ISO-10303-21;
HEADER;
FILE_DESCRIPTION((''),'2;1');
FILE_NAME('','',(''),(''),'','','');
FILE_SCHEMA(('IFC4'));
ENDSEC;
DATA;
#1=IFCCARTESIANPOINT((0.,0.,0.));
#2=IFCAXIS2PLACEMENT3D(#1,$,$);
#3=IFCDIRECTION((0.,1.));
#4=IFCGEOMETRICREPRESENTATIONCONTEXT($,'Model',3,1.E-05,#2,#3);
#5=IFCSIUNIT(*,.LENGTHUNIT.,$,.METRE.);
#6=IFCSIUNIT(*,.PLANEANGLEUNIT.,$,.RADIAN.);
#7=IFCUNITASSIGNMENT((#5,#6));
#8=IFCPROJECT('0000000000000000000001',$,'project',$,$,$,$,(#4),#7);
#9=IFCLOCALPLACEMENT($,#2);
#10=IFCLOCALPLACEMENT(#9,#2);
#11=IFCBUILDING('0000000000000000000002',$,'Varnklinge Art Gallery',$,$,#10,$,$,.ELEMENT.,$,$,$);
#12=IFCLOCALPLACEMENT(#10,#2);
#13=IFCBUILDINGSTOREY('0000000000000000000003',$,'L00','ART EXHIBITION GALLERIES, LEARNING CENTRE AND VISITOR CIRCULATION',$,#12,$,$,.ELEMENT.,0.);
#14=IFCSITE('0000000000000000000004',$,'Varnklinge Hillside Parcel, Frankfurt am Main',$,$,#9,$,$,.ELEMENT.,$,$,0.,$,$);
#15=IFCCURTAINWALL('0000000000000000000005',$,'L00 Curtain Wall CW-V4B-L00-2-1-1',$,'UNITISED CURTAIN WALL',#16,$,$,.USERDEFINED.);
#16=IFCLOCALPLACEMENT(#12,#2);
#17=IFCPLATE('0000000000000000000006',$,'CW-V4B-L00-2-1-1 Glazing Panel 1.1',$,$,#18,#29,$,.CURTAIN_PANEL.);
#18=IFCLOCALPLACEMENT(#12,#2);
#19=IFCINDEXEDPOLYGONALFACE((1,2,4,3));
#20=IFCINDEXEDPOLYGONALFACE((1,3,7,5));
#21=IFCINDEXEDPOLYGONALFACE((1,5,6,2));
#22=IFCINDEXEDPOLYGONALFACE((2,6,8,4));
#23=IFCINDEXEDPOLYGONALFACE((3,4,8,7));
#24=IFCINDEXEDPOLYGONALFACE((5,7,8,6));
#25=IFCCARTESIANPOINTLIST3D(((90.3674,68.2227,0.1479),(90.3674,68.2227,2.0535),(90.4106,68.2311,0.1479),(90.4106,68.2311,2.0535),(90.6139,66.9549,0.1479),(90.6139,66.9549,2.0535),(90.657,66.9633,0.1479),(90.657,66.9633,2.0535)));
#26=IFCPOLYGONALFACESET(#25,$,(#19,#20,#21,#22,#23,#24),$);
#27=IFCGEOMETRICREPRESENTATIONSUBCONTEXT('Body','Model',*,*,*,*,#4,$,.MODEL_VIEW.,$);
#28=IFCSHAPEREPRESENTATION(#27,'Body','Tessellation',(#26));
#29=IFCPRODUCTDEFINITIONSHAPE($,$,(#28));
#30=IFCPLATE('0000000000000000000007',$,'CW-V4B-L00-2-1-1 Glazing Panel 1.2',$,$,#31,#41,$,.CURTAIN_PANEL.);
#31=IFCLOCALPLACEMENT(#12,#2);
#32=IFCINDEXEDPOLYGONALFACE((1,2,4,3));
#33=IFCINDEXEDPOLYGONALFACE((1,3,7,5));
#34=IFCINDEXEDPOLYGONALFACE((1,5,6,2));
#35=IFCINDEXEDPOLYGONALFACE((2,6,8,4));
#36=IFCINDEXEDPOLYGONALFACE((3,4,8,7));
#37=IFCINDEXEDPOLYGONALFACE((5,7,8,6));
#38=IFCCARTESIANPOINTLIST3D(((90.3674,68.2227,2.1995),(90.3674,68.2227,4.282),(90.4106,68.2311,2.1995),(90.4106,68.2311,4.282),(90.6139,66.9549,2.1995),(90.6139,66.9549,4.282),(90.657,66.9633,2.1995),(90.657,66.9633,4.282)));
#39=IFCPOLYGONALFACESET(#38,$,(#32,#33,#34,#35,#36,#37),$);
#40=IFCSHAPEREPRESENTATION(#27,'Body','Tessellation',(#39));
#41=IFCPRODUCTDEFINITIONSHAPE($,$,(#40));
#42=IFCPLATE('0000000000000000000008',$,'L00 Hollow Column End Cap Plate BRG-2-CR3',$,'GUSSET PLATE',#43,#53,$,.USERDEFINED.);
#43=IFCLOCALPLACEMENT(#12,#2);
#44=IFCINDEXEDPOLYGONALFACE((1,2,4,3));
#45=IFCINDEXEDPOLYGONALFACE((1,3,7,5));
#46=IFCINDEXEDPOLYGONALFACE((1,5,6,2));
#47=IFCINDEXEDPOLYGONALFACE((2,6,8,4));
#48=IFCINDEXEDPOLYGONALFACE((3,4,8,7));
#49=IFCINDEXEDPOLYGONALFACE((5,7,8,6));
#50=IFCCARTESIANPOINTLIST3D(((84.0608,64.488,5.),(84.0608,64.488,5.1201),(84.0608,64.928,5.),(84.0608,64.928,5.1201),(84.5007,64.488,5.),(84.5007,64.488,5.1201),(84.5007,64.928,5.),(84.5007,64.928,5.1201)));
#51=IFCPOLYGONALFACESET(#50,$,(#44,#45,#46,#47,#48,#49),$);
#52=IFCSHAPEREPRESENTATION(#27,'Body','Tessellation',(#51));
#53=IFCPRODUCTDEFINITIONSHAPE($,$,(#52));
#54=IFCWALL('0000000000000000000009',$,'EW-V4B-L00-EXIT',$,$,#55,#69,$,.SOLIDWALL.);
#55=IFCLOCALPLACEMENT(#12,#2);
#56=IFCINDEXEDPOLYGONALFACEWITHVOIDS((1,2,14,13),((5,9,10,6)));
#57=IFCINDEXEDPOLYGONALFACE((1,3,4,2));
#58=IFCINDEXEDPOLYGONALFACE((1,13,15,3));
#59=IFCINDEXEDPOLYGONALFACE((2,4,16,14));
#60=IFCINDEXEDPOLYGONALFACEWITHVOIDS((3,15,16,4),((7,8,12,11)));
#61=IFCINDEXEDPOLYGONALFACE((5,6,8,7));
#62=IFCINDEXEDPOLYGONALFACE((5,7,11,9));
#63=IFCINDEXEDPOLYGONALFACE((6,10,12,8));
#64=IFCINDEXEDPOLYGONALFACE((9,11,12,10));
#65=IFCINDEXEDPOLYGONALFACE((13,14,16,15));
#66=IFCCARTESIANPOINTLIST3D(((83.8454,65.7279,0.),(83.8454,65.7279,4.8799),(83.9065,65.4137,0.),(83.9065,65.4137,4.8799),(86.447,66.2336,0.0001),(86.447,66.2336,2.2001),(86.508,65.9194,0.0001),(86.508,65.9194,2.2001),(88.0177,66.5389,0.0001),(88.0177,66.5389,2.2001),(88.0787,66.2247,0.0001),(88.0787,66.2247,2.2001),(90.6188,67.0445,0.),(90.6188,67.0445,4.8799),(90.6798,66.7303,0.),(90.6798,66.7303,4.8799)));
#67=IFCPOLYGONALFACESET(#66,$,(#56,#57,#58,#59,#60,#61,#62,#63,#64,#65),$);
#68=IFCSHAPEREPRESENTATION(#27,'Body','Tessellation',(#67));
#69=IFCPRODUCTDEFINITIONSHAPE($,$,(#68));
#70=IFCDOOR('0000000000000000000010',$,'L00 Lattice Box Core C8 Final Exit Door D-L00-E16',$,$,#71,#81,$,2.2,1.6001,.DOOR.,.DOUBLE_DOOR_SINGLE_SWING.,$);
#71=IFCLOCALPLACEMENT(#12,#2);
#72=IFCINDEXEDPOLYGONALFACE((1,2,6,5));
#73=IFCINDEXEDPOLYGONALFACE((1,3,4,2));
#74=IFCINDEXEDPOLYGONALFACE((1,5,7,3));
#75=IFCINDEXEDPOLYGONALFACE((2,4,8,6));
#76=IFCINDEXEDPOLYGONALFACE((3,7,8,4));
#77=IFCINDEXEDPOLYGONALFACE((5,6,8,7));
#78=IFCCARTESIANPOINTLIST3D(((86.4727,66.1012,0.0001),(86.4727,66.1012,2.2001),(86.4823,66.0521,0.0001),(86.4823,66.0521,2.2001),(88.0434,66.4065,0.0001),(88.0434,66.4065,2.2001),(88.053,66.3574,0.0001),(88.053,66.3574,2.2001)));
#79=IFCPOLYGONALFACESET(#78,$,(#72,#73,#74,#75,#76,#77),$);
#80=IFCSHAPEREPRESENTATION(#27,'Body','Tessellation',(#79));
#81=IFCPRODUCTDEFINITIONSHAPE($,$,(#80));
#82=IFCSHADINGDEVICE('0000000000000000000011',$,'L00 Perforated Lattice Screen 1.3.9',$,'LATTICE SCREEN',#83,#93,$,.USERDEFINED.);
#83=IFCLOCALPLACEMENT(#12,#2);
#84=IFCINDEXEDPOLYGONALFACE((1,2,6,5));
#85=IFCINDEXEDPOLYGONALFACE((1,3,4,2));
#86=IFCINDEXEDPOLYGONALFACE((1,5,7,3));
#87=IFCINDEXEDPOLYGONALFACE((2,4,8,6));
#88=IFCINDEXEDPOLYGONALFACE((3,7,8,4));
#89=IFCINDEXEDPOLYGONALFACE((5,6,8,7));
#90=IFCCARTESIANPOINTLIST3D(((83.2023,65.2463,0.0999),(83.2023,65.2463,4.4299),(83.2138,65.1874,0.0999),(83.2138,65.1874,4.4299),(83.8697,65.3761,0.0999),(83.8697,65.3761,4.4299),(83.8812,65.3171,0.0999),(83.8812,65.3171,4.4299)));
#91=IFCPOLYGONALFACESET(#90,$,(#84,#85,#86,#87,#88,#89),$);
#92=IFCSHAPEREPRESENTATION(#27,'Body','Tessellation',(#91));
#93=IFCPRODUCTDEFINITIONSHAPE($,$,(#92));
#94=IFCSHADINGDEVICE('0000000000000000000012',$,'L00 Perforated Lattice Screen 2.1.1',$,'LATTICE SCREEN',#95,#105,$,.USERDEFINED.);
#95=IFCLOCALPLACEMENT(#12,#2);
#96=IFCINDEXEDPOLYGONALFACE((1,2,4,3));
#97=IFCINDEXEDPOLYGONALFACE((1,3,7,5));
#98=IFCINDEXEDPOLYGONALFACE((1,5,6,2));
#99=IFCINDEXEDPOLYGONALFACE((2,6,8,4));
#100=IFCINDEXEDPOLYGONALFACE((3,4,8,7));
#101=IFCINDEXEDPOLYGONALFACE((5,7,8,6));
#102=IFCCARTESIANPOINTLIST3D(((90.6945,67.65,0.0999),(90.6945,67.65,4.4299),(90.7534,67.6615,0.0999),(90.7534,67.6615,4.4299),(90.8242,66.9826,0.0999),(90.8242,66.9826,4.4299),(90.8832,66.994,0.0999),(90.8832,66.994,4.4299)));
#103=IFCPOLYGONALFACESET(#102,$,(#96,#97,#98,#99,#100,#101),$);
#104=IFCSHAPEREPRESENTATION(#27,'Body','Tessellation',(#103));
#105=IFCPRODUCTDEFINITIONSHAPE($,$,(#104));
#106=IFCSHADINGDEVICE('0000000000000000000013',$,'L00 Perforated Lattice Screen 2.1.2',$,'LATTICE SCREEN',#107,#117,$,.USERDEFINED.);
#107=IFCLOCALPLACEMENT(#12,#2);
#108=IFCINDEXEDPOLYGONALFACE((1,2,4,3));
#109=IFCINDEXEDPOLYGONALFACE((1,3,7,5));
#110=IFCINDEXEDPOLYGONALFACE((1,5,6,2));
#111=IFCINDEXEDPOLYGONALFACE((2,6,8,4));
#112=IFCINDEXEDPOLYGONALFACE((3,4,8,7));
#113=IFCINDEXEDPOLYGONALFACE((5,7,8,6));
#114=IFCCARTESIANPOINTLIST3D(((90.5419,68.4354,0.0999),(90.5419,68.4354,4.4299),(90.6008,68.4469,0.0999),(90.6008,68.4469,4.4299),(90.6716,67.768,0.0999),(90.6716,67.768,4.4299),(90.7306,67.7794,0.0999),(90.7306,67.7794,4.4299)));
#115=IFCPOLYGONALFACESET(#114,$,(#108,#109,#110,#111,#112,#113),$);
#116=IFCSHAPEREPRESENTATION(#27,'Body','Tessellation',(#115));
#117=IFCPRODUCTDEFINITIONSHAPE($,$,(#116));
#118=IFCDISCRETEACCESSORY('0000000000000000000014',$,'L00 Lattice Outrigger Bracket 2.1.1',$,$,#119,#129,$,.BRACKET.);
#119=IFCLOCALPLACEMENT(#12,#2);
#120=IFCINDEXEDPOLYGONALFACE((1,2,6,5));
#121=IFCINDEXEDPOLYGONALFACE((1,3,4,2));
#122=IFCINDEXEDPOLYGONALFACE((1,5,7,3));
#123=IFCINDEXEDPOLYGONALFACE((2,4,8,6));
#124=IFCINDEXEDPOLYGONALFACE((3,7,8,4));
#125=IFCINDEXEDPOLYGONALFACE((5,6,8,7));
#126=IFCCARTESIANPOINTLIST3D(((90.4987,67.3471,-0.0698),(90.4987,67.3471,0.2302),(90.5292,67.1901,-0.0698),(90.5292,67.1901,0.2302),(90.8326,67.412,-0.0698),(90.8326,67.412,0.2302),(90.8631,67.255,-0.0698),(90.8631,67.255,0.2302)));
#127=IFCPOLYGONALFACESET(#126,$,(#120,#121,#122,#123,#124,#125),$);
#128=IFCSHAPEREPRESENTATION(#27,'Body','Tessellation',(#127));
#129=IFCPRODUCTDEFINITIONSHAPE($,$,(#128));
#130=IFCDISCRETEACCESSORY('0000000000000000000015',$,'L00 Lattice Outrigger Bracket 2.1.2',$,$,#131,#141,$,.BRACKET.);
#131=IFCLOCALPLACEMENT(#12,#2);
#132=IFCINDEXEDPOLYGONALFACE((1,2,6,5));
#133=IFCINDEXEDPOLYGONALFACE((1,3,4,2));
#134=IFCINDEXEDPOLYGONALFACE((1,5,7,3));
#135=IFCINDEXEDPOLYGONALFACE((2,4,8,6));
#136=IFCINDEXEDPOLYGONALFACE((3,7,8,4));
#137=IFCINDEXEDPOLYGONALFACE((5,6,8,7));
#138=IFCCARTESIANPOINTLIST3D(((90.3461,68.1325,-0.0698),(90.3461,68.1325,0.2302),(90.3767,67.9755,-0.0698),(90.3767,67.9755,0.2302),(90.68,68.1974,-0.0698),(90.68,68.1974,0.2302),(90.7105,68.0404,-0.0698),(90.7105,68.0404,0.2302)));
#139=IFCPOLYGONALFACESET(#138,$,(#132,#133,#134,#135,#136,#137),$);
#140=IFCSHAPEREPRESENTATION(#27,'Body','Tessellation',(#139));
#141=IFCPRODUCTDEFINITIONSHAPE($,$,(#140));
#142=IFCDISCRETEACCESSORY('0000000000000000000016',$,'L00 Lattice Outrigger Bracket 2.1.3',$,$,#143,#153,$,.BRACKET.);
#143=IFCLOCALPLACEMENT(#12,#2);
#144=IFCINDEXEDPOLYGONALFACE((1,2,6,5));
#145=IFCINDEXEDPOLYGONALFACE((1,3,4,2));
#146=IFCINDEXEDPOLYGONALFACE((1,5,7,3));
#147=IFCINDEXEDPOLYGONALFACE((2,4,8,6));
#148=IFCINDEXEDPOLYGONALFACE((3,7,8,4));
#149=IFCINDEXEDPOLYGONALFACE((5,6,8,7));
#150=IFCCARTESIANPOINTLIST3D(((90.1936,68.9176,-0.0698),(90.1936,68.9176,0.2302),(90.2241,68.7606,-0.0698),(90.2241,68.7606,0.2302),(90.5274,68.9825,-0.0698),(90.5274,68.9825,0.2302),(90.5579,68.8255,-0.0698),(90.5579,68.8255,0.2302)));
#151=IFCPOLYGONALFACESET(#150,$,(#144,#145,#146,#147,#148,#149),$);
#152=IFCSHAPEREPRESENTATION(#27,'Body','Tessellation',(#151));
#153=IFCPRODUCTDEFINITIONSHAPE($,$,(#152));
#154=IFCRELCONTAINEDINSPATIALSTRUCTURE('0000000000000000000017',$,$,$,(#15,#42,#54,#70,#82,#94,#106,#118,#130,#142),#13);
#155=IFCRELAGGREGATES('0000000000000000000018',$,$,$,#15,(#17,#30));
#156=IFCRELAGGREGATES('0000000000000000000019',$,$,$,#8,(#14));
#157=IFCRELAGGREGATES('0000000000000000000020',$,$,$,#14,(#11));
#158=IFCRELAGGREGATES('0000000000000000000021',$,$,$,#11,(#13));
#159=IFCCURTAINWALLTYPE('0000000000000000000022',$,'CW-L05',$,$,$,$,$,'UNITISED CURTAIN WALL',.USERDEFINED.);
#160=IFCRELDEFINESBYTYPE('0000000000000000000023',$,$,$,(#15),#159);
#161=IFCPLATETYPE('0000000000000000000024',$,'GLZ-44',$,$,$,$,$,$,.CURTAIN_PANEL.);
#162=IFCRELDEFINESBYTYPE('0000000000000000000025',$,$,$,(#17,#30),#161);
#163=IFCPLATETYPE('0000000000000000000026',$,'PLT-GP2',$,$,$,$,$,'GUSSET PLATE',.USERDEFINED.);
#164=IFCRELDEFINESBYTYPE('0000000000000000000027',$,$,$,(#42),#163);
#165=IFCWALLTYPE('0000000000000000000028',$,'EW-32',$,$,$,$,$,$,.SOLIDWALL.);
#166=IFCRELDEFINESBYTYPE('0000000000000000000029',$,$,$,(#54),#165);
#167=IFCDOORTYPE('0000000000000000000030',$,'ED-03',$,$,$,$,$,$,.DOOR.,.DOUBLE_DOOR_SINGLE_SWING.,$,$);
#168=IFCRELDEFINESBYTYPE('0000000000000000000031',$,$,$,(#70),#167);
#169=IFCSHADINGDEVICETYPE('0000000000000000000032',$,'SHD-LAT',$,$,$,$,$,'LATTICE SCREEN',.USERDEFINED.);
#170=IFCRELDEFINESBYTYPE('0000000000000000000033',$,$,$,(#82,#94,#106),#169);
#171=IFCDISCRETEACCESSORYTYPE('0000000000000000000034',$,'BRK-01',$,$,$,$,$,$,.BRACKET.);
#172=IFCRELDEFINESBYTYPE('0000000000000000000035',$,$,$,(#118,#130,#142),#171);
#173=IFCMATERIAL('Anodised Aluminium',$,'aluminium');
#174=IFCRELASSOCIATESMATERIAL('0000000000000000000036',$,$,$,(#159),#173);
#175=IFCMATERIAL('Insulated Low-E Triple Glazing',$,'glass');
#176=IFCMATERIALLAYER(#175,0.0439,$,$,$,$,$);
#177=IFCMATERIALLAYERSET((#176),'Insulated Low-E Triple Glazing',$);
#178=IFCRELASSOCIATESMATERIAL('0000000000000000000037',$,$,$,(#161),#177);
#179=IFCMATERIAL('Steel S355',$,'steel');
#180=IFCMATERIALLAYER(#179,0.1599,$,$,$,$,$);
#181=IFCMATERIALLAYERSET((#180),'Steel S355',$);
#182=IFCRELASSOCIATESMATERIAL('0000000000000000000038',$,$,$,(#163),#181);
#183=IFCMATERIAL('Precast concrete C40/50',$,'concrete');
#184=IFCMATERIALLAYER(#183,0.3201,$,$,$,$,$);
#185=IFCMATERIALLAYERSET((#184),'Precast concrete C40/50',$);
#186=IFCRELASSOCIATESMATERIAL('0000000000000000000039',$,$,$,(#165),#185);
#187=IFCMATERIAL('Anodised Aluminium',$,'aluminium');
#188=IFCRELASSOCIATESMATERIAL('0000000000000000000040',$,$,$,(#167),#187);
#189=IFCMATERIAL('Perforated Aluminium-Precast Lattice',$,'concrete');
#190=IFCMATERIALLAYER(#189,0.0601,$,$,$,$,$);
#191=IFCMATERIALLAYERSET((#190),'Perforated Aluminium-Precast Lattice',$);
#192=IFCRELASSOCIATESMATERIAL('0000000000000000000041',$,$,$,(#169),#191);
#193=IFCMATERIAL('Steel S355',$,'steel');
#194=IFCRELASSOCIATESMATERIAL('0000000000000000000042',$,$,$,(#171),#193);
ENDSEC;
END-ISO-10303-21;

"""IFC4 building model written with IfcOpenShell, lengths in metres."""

from ifc_helpers import new_model, si_unit, direction, frame, frame_2d, origin, origin_2d, place, context, subcontext, project, spatial, rectangle, extrude, material, layer, layer_set, type_object, element, fill, aggregate, save


model = new_model("IFC4")

# Units and contexts
model_context = context("Model", 3, precision=1e-05, world=origin(), true_north=direction((0.0, 1.0)))
body_context = subcontext(model_context, "Body", "Model", "MODEL_VIEW")
ifc_project = project(units=[si_unit("LENGTHUNIT", "METRE"), si_unit("PLANEANGLEUNIT", "RADIAN")], contexts=[model_context])

# Site, building, storey
site_placement = place(None, origin())
site = spatial("IfcSite", under=ifc_project, at=site_placement, Name="Varnklinge Hillside Parcel, Frankfurt am Main", CompositionType="ELEMENT", RefElevation=0.0)
building_placement = place(site_placement, origin())
building = spatial("IfcBuilding", under=site, at=building_placement, Name="Varnklinge Art Gallery", CompositionType="ELEMENT")
storey_placement = place(building_placement, origin())
storey = spatial("IfcBuildingStorey", under=building, at=storey_placement, Name="L00", Description="ART EXHIBITION GALLERIES, LEARNING CENTRE AND VISITOR CIRCULATION", CompositionType="ELEMENT", Elevation=0.0)

# Curtain wall
ifc_material_1 = material(Name="Anodised Aluminium", Category="aluminium")
curtain_wall_type_1 = type_object("IfcCurtainWallType", Name="CW-L05", ElementType="UNITISED CURTAIN WALL", PredefinedType="USERDEFINED", material=ifc_material_1)
curtain_wall_1_placement = place(storey_placement, origin())
curtain_wall_1 = element("IfcCurtainWall", 1, at=curtain_wall_1_placement, inside=storey, type_object=curtain_wall_type_1, Name="L00 Curtain Wall CW-V4B-L00-2-1-1", ObjectType="UNITISED CURTAIN WALL", PredefinedType="USERDEFINED")

# Plates
ifc_material_2 = material(Name="Insulated Low-E Triple Glazing", Category="glass")
ifc_layer_1 = layer(ifc_material_2, 0.0439)
ifc_layer_set_1 = layer_set([ifc_layer_1], Name="Insulated Low-E Triple Glazing")
plate_type_1 = type_object("IfcPlateType", Name="GLZ-44", PredefinedType="CURTAIN_PANEL", material=ifc_layer_set_1)
plate_1_placement = place(storey_placement, frame((90.5122, 67.593, 0.1479), z_axis=(0.0, 0.0, 1.0), x_axis=(-0.190809, 0.981627, 0.0)))
plate_1 = element("IfcPlate", 2, at=plate_1_placement, type_object=plate_type_1, Name="CW-V4B-L00-2-1-1 Glazing Panel 1.1", PredefinedType="CURTAIN_PANEL", context=body_context, shape_type="SweptSolid", body=[
    extrude(rectangle(XDim=1.2915, YDim=0.0439, at=origin_2d()), origin(), (0.0, 0.0, 1.0), 1.9055),
])
plate_2_placement = place(storey_placement, frame((90.5122, 67.593, 2.1995), z_axis=(0.0, 0.0, 1.0), x_axis=(-0.190809, 0.981627, 0.0)))
plate_2 = element("IfcPlate", 3, at=plate_2_placement, type_object=plate_type_1, Name="CW-V4B-L00-2-1-1 Glazing Panel 1.2", PredefinedType="CURTAIN_PANEL", context=body_context, shape_type="SweptSolid", body=[
    extrude(rectangle(XDim=1.2915, YDim=0.0439, at=origin_2d()), origin(), (0.0, 0.0, 1.0), 2.0825),
])
aggregate(curtain_wall_1, [plate_1, plate_2])
ifc_material_3 = material(Name="Steel S355", Category="steel")
ifc_layer_2 = layer(ifc_material_3, 0.1599)
ifc_layer_set_2 = layer_set([ifc_layer_2], Name="Steel S355")
plate_type_2 = type_object("IfcPlateType", Name="PLT-GP2", ElementType="GUSSET PLATE", PredefinedType="USERDEFINED", material=ifc_layer_set_2)
plate_3_placement = place(storey_placement, frame((84.2808, 64.708, 5.0), z_axis=(0.0, 0.0, 1.0), x_axis=(1.0, 0.0, 0.0)))
element("IfcPlate", 4, at=plate_3_placement, inside=storey, type_object=plate_type_2, Name="L00 Hollow Column End Cap Plate BRG-2-CR3", ObjectType="GUSSET PLATE", PredefinedType="USERDEFINED", context=body_context, shape_type="SweptSolid", body=[
    extrude(rectangle(XDim=0.4399, YDim=0.4399, at=origin_2d()), origin(), (0.0, 0.0, 1.0), 0.1201),
])

# Wall, opening, door
ifc_material_4 = material(Name="Precast concrete C40/50", Category="concrete")
ifc_layer_3 = layer(ifc_material_4, 0.3201)
ifc_layer_set_3 = layer_set([ifc_layer_3], Name="Precast concrete C40/50")
wall_type = type_object("IfcWallType", Name="EW-32", PredefinedType="SOLIDWALL", material=ifc_layer_set_3)
wall_placement = place(storey_placement, frame((90.6494, 66.8875, 0.0), z_axis=(0.0, 0.0, 1.0), x_axis=(-0.981626, -0.190813, 0.0)))
wall = element("IfcWall", 5, at=wall_placement, inside=storey, type_object=wall_type, Name="EW-V4B-L00-EXIT", PredefinedType="SOLIDWALL", context=body_context, shape_type="SweptSolid", body=[
    extrude(rectangle(XDim=6.9001, YDim=0.3201, at=frame_2d((3.4502, 0.0))), origin(), (0.0, 0.0, 1.0), 4.8799),
])
opening_placement = place(wall_placement, frame((2.6499, 0.0, 0.0)))
opening = element("IfcOpeningElement", 6, at=opening_placement, cuts=wall, PredefinedType="OPENING", context=body_context, shape_type="SweptSolid", body=[
    extrude(rectangle(XDim=1.6001, YDim=2.2, at=frame_2d((0.8, 1.1001))), frame((0.0, 0.1702, 0.0), z_axis=(0.0, -1.0, 0.0), x_axis=(1.0, 0.0, 0.0)), (0.0, 0.0, 1.0), 0.3401),
])
ifc_material_5 = material(Name="Anodised Aluminium", Category="aluminium")
door_type = type_object("IfcDoorType", Name="ED-03", OperationType="DOUBLE_DOOR_SINGLE_SWING", PredefinedType="DOOR", material=ifc_material_5)
door_placement = place(opening_placement, origin())
door = element("IfcDoor", 7, at=door_placement, inside=storey, type_object=door_type, Name="L00 Lattice Box Core C8 Final Exit Door D-L00-E16", OperationType="DOUBLE_DOOR_SINGLE_SWING", OverallHeight=2.2, OverallWidth=1.6001, PredefinedType="DOOR", context=body_context, shape_type="SweptSolid", body=[
    extrude(rectangle(XDim=1.6001, YDim=2.2, at=frame_2d((0.8, 1.1001))), frame((0.0, 0.0249, 0.0), z_axis=(0.0, -1.0, 0.0), x_axis=(1.0, 0.0, 0.0)), (0.0, 0.0, 1.0), 0.05),
])
fill(opening, door)

# Shading devices
ifc_material_6 = material(Name="Perforated Aluminium-Precast Lattice", Category="concrete")
ifc_layer_4 = layer(ifc_material_6, 0.0601)
ifc_layer_set_4 = layer_set([ifc_layer_4], Name="Perforated Aluminium-Precast Lattice")
shading_device_type = type_object("IfcShadingDeviceType", Name="SHD-LAT", ElementType="LATTICE SCREEN", PredefinedType="USERDEFINED", material=ifc_layer_set_4)
for number, where, z_axis, x_axis, name in (
    (8, (83.5417, 65.2817, 0.0999), (0.0, 0.0, 1.0), (0.981627, 0.190809, 0.0), "L00 Perforated Lattice Screen 1.3.9"),
    (9, (90.7888, 67.322, 0.0999), (0.0, 0.0, 1.0), (-0.190809, 0.981627, 0.0), "L00 Perforated Lattice Screen 2.1.1"),
    (10, (90.6362, 68.1074, 0.0999), (0.0, 0.0, 1.0), (-0.190809, 0.981627, 0.0), "L00 Perforated Lattice Screen 2.1.2"),
):
    element("IfcShadingDevice", number, at=place(storey_placement, frame(where, z_axis=z_axis, x_axis=x_axis)), inside=storey, type_object=shading_device_type, Name=name, ObjectType="LATTICE SCREEN", PredefinedType="USERDEFINED", context=body_context, shape_type="SweptSolid", body=[
        extrude(rectangle(XDim=0.6799, YDim=0.0601, at=origin_2d()), origin(), (0.0, 0.0, 1.0), 4.3301),
    ])

# Discrete accessories
ifc_material_7 = material(Name="Steel S355", Category="steel")
discrete_accessory_type = type_object("IfcDiscreteAccessoryType", Name="BRK-01", PredefinedType="BRACKET", material=ifc_material_7)
for number, where, z_axis, x_axis, name in (
    (11, (90.6809, 67.301, -0.0698), (0.0, 0.0, 1.0), (-0.190809, 0.981627, 0.0), "L00 Lattice Outrigger Bracket 2.1.1"),
    (12, (90.5283, 68.0864, -0.0698), (0.0, 0.0, 1.0), (-0.190809, 0.981627, 0.0), "L00 Lattice Outrigger Bracket 2.1.2"),
    (13, (90.3757, 68.8716, -0.0698), (0.0, 0.0, 1.0), (-0.190809, 0.981627, 0.0), "L00 Lattice Outrigger Bracket 2.1.3"),
):
    element("IfcDiscreteAccessory", number, at=place(storey_placement, frame(where, z_axis=z_axis, x_axis=x_axis)), inside=storey, type_object=discrete_accessory_type, Name=name, PredefinedType="BRACKET", context=body_context, shape_type="SweptSolid", body=[
        extrude(rectangle(XDim=0.1599, YDim=0.3401, at=origin_2d()), origin(), (0.0, 0.0, 1.0), 0.3),
    ])

save(model, "model.ifc")
